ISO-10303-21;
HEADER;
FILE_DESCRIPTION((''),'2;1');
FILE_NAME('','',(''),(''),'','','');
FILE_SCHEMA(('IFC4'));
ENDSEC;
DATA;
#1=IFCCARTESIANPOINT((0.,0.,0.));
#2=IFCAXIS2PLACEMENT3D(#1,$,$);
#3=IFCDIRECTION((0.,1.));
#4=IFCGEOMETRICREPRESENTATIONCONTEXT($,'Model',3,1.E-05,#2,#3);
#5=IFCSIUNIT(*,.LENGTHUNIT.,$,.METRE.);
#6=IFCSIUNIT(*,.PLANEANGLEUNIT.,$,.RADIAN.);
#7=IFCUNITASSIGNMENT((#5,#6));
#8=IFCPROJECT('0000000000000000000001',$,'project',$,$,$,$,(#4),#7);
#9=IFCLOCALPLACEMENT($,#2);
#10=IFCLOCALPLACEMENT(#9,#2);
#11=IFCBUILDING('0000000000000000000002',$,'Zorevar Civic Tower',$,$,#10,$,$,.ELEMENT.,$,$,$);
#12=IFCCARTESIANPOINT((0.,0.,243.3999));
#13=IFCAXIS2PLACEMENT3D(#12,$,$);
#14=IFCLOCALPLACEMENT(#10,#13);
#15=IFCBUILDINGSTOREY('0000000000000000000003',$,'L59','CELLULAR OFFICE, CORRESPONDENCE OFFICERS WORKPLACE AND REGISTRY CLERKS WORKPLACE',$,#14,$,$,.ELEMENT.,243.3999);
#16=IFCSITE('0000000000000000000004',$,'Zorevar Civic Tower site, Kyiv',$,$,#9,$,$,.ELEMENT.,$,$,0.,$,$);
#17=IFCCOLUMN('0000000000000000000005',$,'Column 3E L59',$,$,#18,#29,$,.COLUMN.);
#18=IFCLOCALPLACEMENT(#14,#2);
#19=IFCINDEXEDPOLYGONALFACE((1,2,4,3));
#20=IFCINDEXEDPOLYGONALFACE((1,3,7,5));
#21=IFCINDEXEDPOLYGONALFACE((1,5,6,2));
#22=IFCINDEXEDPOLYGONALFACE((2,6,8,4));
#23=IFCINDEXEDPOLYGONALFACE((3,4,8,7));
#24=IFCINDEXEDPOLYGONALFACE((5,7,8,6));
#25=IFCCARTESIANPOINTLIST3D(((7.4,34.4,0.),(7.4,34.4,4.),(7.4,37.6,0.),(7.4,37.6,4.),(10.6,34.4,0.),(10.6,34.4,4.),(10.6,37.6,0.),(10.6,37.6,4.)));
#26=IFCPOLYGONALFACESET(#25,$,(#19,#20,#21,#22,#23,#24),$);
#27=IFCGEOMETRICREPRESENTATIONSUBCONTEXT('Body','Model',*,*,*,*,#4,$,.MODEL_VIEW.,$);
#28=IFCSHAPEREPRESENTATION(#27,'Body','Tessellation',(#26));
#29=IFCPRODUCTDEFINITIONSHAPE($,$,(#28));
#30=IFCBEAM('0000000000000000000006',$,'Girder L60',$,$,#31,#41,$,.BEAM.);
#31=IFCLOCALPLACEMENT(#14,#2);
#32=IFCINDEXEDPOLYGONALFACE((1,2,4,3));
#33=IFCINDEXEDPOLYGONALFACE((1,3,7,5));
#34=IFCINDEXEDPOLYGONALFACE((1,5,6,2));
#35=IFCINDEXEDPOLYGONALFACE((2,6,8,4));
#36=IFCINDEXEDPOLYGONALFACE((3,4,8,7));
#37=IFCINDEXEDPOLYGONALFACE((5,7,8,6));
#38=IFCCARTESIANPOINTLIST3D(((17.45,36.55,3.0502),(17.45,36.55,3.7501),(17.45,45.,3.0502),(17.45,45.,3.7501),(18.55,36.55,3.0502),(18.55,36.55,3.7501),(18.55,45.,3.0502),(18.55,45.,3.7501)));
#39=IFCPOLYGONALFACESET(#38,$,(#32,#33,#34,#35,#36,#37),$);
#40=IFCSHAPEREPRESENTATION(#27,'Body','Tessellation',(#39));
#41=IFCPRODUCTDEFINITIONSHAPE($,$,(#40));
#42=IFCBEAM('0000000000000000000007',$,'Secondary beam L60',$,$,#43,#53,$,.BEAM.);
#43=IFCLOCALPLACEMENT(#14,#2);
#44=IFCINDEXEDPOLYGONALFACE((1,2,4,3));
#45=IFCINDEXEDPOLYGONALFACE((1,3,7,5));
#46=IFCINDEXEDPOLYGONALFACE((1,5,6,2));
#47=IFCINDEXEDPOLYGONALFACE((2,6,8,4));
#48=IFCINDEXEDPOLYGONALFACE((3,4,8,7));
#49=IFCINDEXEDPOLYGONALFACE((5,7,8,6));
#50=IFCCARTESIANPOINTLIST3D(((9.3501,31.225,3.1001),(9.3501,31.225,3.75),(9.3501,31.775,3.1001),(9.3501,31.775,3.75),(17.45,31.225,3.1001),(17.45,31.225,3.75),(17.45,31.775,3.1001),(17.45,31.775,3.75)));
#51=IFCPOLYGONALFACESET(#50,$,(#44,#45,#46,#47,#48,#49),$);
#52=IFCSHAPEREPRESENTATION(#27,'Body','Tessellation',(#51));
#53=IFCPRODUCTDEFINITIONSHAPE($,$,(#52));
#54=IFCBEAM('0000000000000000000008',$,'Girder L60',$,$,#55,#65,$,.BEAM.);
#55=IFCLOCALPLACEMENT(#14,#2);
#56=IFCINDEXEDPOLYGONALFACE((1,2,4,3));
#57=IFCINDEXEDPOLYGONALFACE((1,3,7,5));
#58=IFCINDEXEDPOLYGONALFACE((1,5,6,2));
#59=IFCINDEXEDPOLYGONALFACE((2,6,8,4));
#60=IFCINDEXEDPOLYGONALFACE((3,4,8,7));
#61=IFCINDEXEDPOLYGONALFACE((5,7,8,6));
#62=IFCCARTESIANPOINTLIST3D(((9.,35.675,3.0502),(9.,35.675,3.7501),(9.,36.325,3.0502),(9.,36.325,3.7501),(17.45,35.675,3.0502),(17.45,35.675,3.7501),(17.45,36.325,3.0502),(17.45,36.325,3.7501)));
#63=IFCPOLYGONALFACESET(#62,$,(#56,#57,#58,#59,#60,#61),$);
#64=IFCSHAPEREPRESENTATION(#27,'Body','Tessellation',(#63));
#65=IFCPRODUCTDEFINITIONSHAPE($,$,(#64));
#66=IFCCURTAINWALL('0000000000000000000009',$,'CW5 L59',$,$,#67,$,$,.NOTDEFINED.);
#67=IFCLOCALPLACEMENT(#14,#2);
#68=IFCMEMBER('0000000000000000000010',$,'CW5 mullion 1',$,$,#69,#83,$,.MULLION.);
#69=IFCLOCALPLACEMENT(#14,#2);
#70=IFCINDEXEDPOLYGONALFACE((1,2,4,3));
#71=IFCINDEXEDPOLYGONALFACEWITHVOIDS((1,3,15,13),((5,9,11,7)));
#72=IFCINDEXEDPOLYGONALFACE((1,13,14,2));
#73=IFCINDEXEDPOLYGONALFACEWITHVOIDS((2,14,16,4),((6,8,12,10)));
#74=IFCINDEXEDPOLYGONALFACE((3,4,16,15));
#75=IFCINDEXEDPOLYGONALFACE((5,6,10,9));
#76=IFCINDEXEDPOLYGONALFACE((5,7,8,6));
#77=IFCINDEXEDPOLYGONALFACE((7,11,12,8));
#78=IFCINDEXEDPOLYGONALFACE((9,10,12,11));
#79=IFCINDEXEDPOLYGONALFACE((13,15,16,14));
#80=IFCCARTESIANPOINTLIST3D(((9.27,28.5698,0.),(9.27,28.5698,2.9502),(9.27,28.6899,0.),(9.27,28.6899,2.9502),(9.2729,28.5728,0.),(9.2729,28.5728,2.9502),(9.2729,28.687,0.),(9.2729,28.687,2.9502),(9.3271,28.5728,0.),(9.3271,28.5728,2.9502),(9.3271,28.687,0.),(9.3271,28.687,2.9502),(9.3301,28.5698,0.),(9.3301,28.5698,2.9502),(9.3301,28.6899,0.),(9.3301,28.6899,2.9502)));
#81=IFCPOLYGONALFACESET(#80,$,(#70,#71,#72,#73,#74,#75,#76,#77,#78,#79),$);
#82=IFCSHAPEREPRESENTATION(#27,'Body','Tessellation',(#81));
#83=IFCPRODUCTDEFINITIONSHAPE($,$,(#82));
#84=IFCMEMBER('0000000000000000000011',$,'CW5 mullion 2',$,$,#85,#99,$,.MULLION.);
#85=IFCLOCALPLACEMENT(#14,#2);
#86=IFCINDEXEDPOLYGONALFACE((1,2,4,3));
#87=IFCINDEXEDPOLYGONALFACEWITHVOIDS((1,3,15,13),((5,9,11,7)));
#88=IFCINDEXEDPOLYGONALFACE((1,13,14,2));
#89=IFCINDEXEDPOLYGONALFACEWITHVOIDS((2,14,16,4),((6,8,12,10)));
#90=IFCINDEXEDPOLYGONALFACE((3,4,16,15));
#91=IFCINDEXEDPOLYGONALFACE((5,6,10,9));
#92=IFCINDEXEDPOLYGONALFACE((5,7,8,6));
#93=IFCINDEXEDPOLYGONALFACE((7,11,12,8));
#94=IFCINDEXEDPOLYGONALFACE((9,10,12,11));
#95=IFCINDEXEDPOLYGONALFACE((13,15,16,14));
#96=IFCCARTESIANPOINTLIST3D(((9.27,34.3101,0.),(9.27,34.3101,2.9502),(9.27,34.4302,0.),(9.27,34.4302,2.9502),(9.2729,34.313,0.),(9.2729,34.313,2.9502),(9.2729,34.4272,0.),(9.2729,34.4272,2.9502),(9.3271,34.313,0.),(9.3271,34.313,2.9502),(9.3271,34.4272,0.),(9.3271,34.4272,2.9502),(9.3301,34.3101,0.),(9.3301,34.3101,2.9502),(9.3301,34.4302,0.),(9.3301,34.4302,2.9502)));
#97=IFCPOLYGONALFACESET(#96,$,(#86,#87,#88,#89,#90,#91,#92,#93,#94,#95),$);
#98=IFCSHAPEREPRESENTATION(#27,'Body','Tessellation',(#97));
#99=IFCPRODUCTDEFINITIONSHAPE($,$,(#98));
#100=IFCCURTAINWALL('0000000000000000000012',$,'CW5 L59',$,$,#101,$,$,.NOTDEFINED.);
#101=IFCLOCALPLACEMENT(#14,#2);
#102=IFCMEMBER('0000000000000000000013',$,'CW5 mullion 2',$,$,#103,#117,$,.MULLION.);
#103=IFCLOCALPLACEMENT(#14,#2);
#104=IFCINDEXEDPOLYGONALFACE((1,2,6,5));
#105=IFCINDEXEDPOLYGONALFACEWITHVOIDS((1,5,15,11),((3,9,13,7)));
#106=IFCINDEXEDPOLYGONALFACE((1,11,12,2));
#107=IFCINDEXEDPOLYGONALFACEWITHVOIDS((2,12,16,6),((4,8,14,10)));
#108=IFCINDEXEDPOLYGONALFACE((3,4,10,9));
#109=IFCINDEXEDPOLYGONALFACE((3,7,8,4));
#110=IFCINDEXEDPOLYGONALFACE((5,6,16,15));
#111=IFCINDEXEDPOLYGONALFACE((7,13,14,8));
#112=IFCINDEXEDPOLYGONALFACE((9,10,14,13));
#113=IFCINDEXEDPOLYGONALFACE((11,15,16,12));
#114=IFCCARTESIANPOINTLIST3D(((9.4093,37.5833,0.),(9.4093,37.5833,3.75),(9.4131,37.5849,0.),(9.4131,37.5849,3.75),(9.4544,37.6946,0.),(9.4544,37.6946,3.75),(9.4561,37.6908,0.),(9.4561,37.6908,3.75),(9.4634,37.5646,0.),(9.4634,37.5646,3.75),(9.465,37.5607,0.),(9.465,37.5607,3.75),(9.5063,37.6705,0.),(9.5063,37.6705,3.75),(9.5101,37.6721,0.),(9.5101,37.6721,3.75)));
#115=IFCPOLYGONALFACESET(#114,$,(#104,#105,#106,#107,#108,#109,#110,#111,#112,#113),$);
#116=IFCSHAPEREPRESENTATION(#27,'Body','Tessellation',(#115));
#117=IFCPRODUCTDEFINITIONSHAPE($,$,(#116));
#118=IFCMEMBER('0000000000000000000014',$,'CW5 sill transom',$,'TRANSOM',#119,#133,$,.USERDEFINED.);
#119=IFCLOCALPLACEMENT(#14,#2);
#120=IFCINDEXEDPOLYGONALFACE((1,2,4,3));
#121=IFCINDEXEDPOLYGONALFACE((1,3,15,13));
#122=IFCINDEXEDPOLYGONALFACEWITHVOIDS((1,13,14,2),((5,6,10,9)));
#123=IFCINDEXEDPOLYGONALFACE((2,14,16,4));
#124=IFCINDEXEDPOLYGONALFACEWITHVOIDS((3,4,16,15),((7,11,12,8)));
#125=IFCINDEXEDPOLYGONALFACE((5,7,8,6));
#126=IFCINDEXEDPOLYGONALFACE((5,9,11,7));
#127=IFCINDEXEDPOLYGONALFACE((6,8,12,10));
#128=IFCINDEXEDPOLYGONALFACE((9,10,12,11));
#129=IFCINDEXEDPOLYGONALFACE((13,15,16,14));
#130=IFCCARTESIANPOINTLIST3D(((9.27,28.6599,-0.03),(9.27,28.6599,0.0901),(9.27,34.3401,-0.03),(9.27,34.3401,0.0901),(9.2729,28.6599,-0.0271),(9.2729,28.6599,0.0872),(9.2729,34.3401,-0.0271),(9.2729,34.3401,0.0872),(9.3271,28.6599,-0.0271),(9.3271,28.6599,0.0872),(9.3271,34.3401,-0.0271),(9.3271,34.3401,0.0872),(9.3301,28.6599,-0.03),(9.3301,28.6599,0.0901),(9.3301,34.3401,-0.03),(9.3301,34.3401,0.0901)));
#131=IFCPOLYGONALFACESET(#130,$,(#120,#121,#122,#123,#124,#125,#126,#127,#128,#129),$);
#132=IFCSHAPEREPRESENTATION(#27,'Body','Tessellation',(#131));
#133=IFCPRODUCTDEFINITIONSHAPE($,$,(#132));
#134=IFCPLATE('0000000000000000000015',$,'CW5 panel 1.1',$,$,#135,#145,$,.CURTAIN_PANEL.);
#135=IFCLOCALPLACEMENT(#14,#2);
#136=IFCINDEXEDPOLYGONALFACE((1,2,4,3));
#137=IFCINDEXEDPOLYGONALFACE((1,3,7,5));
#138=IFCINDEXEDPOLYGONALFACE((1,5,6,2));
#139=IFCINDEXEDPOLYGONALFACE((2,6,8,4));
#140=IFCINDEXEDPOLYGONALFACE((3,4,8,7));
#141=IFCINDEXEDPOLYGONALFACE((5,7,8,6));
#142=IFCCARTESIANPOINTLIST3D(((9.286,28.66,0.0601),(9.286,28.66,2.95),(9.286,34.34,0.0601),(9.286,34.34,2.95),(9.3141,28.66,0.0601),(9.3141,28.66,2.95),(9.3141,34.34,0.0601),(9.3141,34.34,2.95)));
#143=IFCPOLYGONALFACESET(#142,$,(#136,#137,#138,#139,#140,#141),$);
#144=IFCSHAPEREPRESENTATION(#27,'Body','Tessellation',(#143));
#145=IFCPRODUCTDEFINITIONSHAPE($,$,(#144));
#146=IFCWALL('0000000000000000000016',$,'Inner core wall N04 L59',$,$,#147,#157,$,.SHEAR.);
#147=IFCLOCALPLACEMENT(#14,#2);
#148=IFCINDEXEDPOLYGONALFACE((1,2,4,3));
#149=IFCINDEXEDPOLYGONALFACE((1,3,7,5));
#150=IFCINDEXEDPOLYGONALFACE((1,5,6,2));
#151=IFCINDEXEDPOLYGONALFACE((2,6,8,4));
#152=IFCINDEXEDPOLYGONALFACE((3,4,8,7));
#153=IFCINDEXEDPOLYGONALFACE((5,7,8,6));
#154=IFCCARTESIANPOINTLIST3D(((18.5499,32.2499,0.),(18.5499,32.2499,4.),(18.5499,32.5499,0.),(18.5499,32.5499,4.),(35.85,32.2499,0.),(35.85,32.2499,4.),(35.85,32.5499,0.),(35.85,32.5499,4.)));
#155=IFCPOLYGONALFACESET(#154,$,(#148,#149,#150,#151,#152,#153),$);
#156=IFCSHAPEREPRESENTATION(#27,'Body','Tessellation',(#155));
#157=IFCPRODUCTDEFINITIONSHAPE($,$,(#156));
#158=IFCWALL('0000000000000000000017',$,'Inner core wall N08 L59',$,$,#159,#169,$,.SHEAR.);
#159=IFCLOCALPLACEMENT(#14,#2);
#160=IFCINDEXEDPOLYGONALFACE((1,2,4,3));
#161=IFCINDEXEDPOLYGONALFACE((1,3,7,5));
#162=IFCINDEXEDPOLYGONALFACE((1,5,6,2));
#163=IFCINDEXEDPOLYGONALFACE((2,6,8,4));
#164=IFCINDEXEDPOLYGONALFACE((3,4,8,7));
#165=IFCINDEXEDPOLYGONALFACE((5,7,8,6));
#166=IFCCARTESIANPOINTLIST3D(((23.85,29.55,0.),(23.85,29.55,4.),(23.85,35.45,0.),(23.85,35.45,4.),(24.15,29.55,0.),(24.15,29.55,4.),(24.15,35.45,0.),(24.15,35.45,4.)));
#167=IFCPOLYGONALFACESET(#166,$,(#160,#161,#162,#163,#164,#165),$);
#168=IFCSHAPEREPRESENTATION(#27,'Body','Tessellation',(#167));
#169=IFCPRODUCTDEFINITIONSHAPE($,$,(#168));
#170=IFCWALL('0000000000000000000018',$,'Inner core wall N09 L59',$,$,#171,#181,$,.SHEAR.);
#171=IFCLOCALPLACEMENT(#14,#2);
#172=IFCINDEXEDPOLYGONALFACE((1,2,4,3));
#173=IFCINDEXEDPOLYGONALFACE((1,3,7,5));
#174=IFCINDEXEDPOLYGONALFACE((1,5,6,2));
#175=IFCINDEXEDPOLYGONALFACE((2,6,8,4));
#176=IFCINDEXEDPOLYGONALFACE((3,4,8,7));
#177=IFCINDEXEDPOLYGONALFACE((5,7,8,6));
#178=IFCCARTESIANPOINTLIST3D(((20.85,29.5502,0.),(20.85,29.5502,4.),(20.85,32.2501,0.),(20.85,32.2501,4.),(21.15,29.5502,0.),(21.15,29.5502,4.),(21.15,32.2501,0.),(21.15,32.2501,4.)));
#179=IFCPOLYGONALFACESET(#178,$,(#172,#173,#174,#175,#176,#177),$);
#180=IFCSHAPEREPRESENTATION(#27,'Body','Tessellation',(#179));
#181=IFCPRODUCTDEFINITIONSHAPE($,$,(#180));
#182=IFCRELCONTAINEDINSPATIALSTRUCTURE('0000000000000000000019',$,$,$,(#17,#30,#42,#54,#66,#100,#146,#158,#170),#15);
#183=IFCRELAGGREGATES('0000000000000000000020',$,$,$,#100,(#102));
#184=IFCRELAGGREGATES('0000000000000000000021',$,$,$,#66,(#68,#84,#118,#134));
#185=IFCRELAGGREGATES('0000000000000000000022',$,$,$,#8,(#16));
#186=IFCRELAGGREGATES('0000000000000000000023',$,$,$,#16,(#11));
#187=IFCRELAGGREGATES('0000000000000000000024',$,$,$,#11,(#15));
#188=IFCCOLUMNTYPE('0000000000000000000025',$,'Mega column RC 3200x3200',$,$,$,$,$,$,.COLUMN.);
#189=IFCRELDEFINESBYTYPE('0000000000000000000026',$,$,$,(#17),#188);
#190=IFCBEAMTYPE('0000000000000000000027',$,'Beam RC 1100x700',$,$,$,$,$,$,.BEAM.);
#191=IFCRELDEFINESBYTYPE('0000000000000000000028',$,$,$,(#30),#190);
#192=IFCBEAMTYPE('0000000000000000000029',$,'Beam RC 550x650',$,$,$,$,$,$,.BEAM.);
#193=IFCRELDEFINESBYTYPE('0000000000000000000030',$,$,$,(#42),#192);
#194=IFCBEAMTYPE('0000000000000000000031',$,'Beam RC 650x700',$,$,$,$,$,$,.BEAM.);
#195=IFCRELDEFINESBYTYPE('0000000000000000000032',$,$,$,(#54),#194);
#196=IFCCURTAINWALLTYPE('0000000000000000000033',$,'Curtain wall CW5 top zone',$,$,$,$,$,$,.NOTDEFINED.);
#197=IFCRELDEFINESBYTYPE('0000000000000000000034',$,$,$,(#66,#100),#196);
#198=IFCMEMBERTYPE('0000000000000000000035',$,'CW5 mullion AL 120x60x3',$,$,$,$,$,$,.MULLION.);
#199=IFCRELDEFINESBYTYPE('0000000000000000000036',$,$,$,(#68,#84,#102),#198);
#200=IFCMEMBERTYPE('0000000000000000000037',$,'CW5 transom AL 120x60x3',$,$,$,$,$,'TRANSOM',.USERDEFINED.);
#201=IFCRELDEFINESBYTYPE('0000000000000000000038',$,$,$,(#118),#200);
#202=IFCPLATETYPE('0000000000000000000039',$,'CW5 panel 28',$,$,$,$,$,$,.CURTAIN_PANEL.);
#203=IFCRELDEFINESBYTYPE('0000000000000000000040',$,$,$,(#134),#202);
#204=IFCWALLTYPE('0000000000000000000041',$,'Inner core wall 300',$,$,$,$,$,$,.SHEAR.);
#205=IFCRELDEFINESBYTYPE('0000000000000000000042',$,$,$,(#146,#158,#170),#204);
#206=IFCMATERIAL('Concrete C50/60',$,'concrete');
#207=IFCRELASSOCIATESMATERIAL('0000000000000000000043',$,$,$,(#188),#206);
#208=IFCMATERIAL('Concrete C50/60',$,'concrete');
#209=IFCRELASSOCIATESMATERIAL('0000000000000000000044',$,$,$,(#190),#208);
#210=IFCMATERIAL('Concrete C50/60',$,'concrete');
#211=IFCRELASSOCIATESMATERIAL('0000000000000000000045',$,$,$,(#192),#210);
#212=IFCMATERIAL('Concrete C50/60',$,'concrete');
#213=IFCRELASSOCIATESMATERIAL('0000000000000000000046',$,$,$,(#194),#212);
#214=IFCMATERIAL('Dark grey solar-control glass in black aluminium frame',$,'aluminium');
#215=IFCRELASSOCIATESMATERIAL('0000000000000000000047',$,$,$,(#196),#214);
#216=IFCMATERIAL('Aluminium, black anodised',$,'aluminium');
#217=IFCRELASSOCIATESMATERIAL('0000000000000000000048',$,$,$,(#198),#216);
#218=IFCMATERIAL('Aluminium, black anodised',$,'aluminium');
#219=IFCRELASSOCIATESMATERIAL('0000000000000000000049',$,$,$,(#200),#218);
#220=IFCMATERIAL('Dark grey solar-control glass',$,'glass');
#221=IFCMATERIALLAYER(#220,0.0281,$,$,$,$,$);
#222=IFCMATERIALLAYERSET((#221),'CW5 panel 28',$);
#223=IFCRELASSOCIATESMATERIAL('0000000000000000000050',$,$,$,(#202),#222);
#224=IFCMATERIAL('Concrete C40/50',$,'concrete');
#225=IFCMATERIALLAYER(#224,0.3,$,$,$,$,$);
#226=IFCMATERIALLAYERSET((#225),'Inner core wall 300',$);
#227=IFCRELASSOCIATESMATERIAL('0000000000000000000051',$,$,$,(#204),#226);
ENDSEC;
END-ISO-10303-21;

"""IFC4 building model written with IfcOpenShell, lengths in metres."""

from ifc_helpers import new_model, si_unit, direction, frame, frame_2d, origin, origin_2d, place, context, subcontext, project, spatial, rectangle, hollow_rectangle, extrude, material, layer, layer_set, material_profile, profile_set, type_object, element, aggregate, save


model = new_model("IFC4")

# Units and contexts
model_context = context("Model", 3, precision=1e-05, world=origin(), true_north=direction((0.0, 1.0)))
body_context = subcontext(model_context, "Body", "Model", "MODEL_VIEW")
ifc_project = project(units=[si_unit("LENGTHUNIT", "METRE"), si_unit("PLANEANGLEUNIT", "RADIAN")], contexts=[model_context])

# Site, building, storey
site_placement = place(None, origin())
site = spatial("IfcSite", under=ifc_project, at=site_placement, Name="Zorevar Civic Tower site, Kyiv", CompositionType="ELEMENT", RefElevation=0.0)
building_placement = place(site_placement, origin())
building = spatial("IfcBuilding", under=site, at=building_placement, Name="Zorevar Civic Tower", CompositionType="ELEMENT")
storey_placement = place(building_placement, frame((0.0, 0.0, 243.3999)))
storey = spatial("IfcBuildingStorey", under=building, at=storey_placement, Name="L59", Description="CELLULAR OFFICE, CORRESPONDENCE OFFICERS WORKPLACE AND REGISTRY CLERKS WORKPLACE", CompositionType="ELEMENT", Elevation=243.3999)

# Column
ifc_material_1 = material(Name="Concrete C50/60", Category="concrete")
ifc_material_profile_1 = material_profile(ifc_material_1, rectangle(XDim=3.2, YDim=3.2, at=origin_2d()), Name="RC 3200x3200")
ifc_profile_set_1 = profile_set([ifc_material_profile_1], Name="Concrete C50/60")
column_type = type_object("IfcColumnType", Name="Mega column RC 3200x3200", PredefinedType="COLUMN", material=ifc_profile_set_1)
column_placement = place(storey_placement, frame((9.0, 36.0, 0.0), z_axis=(0.0, 0.0, 1.0), x_axis=(1.0, 0.0, 0.0)))
element("IfcColumn", 1, at=column_placement, inside=storey, type_object=column_type, Name="Column 3E L59", PredefinedType="COLUMN", context=body_context, shape_type="SweptSolid", body=[
    extrude(rectangle(XDim=3.2, YDim=3.2, at=origin_2d()), origin(), (0.0, 0.0, 1.0), 4.0),
])

# Beams
ifc_material_2 = material(Name="Concrete C50/60", Category="concrete")
ifc_material_profile_2 = material_profile(ifc_material_2, rectangle(XDim=1.1001, YDim=0.7, at=origin_2d()), Name="RC 1100x700")
ifc_profile_set_2 = profile_set([ifc_material_profile_2], Name="Concrete C50/60")
beam_type_1 = type_object("IfcBeamType", Name="Beam RC 1100x700", PredefinedType="BEAM", material=ifc_profile_set_2)
beam_1_placement = place(storey_placement, frame((18.0, 36.55, 3.4001), z_axis=(0.0, 1.0, 0.0), x_axis=(-1.0, 0.0, 0.0)))
element("IfcBeam", 2, at=beam_1_placement, inside=storey, type_object=beam_type_1, Name="Girder L60", PredefinedType="BEAM", context=body_context, shape_type="SweptSolid", body=[
    extrude(rectangle(XDim=1.1001, YDim=0.7, at=origin_2d()), origin(), (0.0, 0.0, 1.0), 8.45),
])
ifc_material_3 = material(Name="Concrete C50/60", Category="concrete")
ifc_material_profile_3 = material_profile(ifc_material_3, rectangle(XDim=0.55, YDim=0.6499, at=origin_2d()), Name="RC 550x650")
ifc_profile_set_3 = profile_set([ifc_material_profile_3], Name="Concrete C50/60")
beam_type_2 = type_object("IfcBeamType", Name="Beam RC 550x650", PredefinedType="BEAM", material=ifc_profile_set_3)
beam_2_placement = place(storey_placement, frame((9.3501, 31.5, 3.425), z_axis=(1.0, 0.0, 0.0), x_axis=(0.0, 1.0, 0.0)))
element("IfcBeam", 3, at=beam_2_placement, inside=storey, type_object=beam_type_2, Name="Secondary beam L60", PredefinedType="BEAM", context=body_context, shape_type="SweptSolid", body=[
    extrude(rectangle(XDim=0.55, YDim=0.6499, at=origin_2d()), origin(), (0.0, 0.0, 1.0), 8.0999),
])
ifc_material_4 = material(Name="Concrete C50/60", Category="concrete")
ifc_material_profile_4 = material_profile(ifc_material_4, rectangle(XDim=0.6499, YDim=0.7, at=origin_2d()), Name="RC 650x700")
ifc_profile_set_4 = profile_set([ifc_material_profile_4], Name="Concrete C50/60")
beam_type_3 = type_object("IfcBeamType", Name="Beam RC 650x700", PredefinedType="BEAM", material=ifc_profile_set_4)
beam_3_placement = place(storey_placement, frame((9.0, 36.0, 3.4001), z_axis=(1.0, 0.0, 0.0), x_axis=(0.0, 1.0, 0.0)))
element("IfcBeam", 4, at=beam_3_placement, inside=storey, type_object=beam_type_3, Name="Girder L60", PredefinedType="BEAM", context=body_context, shape_type="SweptSolid", body=[
    extrude(rectangle(XDim=0.6499, YDim=0.7, at=origin_2d()), origin(), (0.0, 0.0, 1.0), 8.45),
])

# Curtain wall, members
ifc_material_5 = material(Name="Dark grey solar-control glass in black aluminium frame", Category="aluminium")
curtain_wall_type = type_object("IfcCurtainWallType", Name="Curtain wall CW5 top zone", PredefinedType="NOTDEFINED", material=ifc_material_5)
curtain_wall_1_placement = place(storey_placement, origin())
curtain_wall_1 = element("IfcCurtainWall", 5, at=curtain_wall_1_placement, inside=storey, type_object=curtain_wall_type, Name="CW5 L59", PredefinedType="NOTDEFINED")
ifc_material_6 = material(Name="Aluminium, black anodised", Category="aluminium")
ifc_material_profile_5 = material_profile(ifc_material_6, hollow_rectangle(XDim=0.0601, YDim=0.1201, WallThickness=0.0029, at=origin_2d()), Name="AL 120x60x3")
ifc_profile_set_5 = profile_set([ifc_material_profile_5], Name="Aluminium, black anodised")
member_type_1 = type_object("IfcMemberType", Name="CW5 mullion AL 120x60x3", PredefinedType="MULLION", material=ifc_profile_set_5)
member_1_placement = place(storey_placement, frame((9.3, 28.6299, 0.0), z_axis=(0.0, 0.0, 1.0), x_axis=(-1.0, 0.0, 0.0)))
member_1 = element("IfcMember", 6, at=member_1_placement, type_object=member_type_1, Name="CW5 mullion 1", PredefinedType="MULLION", context=body_context, shape_type="SweptSolid", body=[
    extrude(hollow_rectangle(XDim=0.0601, YDim=0.1201, WallThickness=0.0029, at=origin_2d()), origin(), (0.0, 0.0, 1.0), 2.9502),
])
member_2_placement = place(storey_placement, frame((9.3, 34.3701, 0.0), z_axis=(0.0, 0.0, 1.0), x_axis=(-1.0, 0.0, 0.0)))
member_2 = element("IfcMember", 7, at=member_2_placement, type_object=member_type_1, Name="CW5 mullion 2", PredefinedType="MULLION", context=body_context, shape_type="SweptSolid", body=[
    extrude(hollow_rectangle(XDim=0.0601, YDim=0.1201, WallThickness=0.0029, at=origin_2d()), origin(), (0.0, 0.0, 1.0), 2.9502),
])

# Curtain wall, member
curtain_wall_2_placement = place(storey_placement, origin())
curtain_wall_2 = element("IfcCurtainWall", 8, at=curtain_wall_2_placement, inside=storey, type_object=curtain_wall_type, Name="CW5 L59", PredefinedType="NOTDEFINED")
member_3_placement = place(storey_placement, frame((9.4597, 37.6277, 0.0), z_axis=(0.0, 0.0, 1.0), x_axis=(0.926762, -0.37565, 0.0)))
member_3 = element("IfcMember", 9, at=member_3_placement, type_object=member_type_1, Name="CW5 mullion 2", PredefinedType="MULLION", context=body_context, shape_type="SweptSolid", body=[
    extrude(hollow_rectangle(XDim=0.0601, YDim=0.1201, WallThickness=0.0029, at=origin_2d()), origin(), (0.0, 0.0, 1.0), 3.75),
])
aggregate(curtain_wall_2, [member_3])

# Member
ifc_material_7 = material(Name="Aluminium, black anodised", Category="aluminium")
ifc_material_profile_6 = material_profile(ifc_material_7, hollow_rectangle(XDim=0.0601, YDim=0.1201, WallThickness=0.0029, at=origin_2d()), Name="AL 120x60x3")
ifc_profile_set_6 = profile_set([ifc_material_profile_6], Name="Aluminium, black anodised")
member_type_2 = type_object("IfcMemberType", Name="CW5 transom AL 120x60x3", ElementType="TRANSOM", PredefinedType="USERDEFINED", material=ifc_profile_set_6)
member_4_placement = place(storey_placement, frame((9.3, 28.6599, 0.03), z_axis=(0.0, 1.0, 0.0), x_axis=(-1.0, 0.0, 0.0)))
member_4 = element("IfcMember", 10, at=member_4_placement, type_object=member_type_2, Name="CW5 sill transom", ObjectType="TRANSOM", PredefinedType="USERDEFINED", context=body_context, shape_type="SweptSolid", body=[
    extrude(hollow_rectangle(XDim=0.0601, YDim=0.1201, WallThickness=0.0029, at=origin_2d()), origin(), (0.0, 0.0, 1.0), 5.6802),
])

# Plate
ifc_material_8 = material(Name="Dark grey solar-control glass", Category="glass")
ifc_layer_1 = layer(ifc_material_8, 0.0281)
ifc_layer_set_1 = layer_set([ifc_layer_1], Name="CW5 panel 28")
plate_type = type_object("IfcPlateType", Name="CW5 panel 28", PredefinedType="CURTAIN_PANEL", material=ifc_layer_set_1)
plate_placement = place(storey_placement, frame((9.3, 31.5, 0.0601), z_axis=(0.0, 0.0, 1.0), x_axis=(0.0, 1.0, 0.0)))
plate = element("IfcPlate", 11, at=plate_placement, type_object=plate_type, Name="CW5 panel 1.1", PredefinedType="CURTAIN_PANEL", context=body_context, shape_type="SweptSolid", body=[
    extrude(rectangle(XDim=5.6799, YDim=0.0281, at=origin_2d()), origin(), (0.0, 0.0, 1.0), 2.8899),
])
aggregate(curtain_wall_1, [member_1, member_2, member_4, plate])

# Shared definitions
ifc_material_9 = material(Name="Concrete C40/50", Category="concrete")
ifc_layer_2 = layer(ifc_material_9, 0.3)
ifc_layer_set_2 = layer_set([ifc_layer_2], Name="Inner core wall 300")
wall_type_1 = type_object("IfcWallType", Name="Inner core wall 300", PredefinedType="SHEAR", material=ifc_layer_set_2)

# Walls
wall_1_placement = place(storey_placement, frame((18.55, 32.3999, 0.0), z_axis=(0.0, 0.0, 1.0), x_axis=(1.0, 0.0, 0.0)))
element("IfcWall", 12, at=wall_1_placement, inside=storey, type_object=wall_type_1, Name="Inner core wall N04 L59", PredefinedType="SHEAR", context=body_context, shape_type="SweptSolid", body=[
    extrude(rectangle(XDim=17.3, YDim=0.3, at=frame_2d((8.6499, 0.0))), origin(), (0.0, 0.0, 1.0), 4.0),
])
wall_2_placement = place(storey_placement, frame((24.0, 29.55, 0.0), z_axis=(0.0, 0.0, 1.0), x_axis=(0.0, 1.0, 0.0)))
element("IfcWall", 13, at=wall_2_placement, inside=storey, type_object=wall_type_1, Name="Inner core wall N08 L59", PredefinedType="SHEAR", context=body_context, shape_type="SweptSolid", body=[
    extrude(rectangle(XDim=5.8999, YDim=0.3, at=frame_2d((2.95, 0.0))), origin(), (0.0, 0.0, 1.0), 4.0),
])
wall_3_placement = place(storey_placement, frame((21.0, 29.55, 0.0), z_axis=(0.0, 0.0, 1.0), x_axis=(0.0, 1.0, 0.0)))
element("IfcWall", 14, at=wall_3_placement, inside=storey, type_object=wall_type_1, Name="Inner core wall N09 L59", PredefinedType="SHEAR", context=body_context, shape_type="SweptSolid", body=[
    extrude(rectangle(XDim=2.7, YDim=0.3, at=frame_2d((1.3501, 0.0))), origin(), (0.0, 0.0, 1.0), 4.0),
])

save(model, "model.ifc")
